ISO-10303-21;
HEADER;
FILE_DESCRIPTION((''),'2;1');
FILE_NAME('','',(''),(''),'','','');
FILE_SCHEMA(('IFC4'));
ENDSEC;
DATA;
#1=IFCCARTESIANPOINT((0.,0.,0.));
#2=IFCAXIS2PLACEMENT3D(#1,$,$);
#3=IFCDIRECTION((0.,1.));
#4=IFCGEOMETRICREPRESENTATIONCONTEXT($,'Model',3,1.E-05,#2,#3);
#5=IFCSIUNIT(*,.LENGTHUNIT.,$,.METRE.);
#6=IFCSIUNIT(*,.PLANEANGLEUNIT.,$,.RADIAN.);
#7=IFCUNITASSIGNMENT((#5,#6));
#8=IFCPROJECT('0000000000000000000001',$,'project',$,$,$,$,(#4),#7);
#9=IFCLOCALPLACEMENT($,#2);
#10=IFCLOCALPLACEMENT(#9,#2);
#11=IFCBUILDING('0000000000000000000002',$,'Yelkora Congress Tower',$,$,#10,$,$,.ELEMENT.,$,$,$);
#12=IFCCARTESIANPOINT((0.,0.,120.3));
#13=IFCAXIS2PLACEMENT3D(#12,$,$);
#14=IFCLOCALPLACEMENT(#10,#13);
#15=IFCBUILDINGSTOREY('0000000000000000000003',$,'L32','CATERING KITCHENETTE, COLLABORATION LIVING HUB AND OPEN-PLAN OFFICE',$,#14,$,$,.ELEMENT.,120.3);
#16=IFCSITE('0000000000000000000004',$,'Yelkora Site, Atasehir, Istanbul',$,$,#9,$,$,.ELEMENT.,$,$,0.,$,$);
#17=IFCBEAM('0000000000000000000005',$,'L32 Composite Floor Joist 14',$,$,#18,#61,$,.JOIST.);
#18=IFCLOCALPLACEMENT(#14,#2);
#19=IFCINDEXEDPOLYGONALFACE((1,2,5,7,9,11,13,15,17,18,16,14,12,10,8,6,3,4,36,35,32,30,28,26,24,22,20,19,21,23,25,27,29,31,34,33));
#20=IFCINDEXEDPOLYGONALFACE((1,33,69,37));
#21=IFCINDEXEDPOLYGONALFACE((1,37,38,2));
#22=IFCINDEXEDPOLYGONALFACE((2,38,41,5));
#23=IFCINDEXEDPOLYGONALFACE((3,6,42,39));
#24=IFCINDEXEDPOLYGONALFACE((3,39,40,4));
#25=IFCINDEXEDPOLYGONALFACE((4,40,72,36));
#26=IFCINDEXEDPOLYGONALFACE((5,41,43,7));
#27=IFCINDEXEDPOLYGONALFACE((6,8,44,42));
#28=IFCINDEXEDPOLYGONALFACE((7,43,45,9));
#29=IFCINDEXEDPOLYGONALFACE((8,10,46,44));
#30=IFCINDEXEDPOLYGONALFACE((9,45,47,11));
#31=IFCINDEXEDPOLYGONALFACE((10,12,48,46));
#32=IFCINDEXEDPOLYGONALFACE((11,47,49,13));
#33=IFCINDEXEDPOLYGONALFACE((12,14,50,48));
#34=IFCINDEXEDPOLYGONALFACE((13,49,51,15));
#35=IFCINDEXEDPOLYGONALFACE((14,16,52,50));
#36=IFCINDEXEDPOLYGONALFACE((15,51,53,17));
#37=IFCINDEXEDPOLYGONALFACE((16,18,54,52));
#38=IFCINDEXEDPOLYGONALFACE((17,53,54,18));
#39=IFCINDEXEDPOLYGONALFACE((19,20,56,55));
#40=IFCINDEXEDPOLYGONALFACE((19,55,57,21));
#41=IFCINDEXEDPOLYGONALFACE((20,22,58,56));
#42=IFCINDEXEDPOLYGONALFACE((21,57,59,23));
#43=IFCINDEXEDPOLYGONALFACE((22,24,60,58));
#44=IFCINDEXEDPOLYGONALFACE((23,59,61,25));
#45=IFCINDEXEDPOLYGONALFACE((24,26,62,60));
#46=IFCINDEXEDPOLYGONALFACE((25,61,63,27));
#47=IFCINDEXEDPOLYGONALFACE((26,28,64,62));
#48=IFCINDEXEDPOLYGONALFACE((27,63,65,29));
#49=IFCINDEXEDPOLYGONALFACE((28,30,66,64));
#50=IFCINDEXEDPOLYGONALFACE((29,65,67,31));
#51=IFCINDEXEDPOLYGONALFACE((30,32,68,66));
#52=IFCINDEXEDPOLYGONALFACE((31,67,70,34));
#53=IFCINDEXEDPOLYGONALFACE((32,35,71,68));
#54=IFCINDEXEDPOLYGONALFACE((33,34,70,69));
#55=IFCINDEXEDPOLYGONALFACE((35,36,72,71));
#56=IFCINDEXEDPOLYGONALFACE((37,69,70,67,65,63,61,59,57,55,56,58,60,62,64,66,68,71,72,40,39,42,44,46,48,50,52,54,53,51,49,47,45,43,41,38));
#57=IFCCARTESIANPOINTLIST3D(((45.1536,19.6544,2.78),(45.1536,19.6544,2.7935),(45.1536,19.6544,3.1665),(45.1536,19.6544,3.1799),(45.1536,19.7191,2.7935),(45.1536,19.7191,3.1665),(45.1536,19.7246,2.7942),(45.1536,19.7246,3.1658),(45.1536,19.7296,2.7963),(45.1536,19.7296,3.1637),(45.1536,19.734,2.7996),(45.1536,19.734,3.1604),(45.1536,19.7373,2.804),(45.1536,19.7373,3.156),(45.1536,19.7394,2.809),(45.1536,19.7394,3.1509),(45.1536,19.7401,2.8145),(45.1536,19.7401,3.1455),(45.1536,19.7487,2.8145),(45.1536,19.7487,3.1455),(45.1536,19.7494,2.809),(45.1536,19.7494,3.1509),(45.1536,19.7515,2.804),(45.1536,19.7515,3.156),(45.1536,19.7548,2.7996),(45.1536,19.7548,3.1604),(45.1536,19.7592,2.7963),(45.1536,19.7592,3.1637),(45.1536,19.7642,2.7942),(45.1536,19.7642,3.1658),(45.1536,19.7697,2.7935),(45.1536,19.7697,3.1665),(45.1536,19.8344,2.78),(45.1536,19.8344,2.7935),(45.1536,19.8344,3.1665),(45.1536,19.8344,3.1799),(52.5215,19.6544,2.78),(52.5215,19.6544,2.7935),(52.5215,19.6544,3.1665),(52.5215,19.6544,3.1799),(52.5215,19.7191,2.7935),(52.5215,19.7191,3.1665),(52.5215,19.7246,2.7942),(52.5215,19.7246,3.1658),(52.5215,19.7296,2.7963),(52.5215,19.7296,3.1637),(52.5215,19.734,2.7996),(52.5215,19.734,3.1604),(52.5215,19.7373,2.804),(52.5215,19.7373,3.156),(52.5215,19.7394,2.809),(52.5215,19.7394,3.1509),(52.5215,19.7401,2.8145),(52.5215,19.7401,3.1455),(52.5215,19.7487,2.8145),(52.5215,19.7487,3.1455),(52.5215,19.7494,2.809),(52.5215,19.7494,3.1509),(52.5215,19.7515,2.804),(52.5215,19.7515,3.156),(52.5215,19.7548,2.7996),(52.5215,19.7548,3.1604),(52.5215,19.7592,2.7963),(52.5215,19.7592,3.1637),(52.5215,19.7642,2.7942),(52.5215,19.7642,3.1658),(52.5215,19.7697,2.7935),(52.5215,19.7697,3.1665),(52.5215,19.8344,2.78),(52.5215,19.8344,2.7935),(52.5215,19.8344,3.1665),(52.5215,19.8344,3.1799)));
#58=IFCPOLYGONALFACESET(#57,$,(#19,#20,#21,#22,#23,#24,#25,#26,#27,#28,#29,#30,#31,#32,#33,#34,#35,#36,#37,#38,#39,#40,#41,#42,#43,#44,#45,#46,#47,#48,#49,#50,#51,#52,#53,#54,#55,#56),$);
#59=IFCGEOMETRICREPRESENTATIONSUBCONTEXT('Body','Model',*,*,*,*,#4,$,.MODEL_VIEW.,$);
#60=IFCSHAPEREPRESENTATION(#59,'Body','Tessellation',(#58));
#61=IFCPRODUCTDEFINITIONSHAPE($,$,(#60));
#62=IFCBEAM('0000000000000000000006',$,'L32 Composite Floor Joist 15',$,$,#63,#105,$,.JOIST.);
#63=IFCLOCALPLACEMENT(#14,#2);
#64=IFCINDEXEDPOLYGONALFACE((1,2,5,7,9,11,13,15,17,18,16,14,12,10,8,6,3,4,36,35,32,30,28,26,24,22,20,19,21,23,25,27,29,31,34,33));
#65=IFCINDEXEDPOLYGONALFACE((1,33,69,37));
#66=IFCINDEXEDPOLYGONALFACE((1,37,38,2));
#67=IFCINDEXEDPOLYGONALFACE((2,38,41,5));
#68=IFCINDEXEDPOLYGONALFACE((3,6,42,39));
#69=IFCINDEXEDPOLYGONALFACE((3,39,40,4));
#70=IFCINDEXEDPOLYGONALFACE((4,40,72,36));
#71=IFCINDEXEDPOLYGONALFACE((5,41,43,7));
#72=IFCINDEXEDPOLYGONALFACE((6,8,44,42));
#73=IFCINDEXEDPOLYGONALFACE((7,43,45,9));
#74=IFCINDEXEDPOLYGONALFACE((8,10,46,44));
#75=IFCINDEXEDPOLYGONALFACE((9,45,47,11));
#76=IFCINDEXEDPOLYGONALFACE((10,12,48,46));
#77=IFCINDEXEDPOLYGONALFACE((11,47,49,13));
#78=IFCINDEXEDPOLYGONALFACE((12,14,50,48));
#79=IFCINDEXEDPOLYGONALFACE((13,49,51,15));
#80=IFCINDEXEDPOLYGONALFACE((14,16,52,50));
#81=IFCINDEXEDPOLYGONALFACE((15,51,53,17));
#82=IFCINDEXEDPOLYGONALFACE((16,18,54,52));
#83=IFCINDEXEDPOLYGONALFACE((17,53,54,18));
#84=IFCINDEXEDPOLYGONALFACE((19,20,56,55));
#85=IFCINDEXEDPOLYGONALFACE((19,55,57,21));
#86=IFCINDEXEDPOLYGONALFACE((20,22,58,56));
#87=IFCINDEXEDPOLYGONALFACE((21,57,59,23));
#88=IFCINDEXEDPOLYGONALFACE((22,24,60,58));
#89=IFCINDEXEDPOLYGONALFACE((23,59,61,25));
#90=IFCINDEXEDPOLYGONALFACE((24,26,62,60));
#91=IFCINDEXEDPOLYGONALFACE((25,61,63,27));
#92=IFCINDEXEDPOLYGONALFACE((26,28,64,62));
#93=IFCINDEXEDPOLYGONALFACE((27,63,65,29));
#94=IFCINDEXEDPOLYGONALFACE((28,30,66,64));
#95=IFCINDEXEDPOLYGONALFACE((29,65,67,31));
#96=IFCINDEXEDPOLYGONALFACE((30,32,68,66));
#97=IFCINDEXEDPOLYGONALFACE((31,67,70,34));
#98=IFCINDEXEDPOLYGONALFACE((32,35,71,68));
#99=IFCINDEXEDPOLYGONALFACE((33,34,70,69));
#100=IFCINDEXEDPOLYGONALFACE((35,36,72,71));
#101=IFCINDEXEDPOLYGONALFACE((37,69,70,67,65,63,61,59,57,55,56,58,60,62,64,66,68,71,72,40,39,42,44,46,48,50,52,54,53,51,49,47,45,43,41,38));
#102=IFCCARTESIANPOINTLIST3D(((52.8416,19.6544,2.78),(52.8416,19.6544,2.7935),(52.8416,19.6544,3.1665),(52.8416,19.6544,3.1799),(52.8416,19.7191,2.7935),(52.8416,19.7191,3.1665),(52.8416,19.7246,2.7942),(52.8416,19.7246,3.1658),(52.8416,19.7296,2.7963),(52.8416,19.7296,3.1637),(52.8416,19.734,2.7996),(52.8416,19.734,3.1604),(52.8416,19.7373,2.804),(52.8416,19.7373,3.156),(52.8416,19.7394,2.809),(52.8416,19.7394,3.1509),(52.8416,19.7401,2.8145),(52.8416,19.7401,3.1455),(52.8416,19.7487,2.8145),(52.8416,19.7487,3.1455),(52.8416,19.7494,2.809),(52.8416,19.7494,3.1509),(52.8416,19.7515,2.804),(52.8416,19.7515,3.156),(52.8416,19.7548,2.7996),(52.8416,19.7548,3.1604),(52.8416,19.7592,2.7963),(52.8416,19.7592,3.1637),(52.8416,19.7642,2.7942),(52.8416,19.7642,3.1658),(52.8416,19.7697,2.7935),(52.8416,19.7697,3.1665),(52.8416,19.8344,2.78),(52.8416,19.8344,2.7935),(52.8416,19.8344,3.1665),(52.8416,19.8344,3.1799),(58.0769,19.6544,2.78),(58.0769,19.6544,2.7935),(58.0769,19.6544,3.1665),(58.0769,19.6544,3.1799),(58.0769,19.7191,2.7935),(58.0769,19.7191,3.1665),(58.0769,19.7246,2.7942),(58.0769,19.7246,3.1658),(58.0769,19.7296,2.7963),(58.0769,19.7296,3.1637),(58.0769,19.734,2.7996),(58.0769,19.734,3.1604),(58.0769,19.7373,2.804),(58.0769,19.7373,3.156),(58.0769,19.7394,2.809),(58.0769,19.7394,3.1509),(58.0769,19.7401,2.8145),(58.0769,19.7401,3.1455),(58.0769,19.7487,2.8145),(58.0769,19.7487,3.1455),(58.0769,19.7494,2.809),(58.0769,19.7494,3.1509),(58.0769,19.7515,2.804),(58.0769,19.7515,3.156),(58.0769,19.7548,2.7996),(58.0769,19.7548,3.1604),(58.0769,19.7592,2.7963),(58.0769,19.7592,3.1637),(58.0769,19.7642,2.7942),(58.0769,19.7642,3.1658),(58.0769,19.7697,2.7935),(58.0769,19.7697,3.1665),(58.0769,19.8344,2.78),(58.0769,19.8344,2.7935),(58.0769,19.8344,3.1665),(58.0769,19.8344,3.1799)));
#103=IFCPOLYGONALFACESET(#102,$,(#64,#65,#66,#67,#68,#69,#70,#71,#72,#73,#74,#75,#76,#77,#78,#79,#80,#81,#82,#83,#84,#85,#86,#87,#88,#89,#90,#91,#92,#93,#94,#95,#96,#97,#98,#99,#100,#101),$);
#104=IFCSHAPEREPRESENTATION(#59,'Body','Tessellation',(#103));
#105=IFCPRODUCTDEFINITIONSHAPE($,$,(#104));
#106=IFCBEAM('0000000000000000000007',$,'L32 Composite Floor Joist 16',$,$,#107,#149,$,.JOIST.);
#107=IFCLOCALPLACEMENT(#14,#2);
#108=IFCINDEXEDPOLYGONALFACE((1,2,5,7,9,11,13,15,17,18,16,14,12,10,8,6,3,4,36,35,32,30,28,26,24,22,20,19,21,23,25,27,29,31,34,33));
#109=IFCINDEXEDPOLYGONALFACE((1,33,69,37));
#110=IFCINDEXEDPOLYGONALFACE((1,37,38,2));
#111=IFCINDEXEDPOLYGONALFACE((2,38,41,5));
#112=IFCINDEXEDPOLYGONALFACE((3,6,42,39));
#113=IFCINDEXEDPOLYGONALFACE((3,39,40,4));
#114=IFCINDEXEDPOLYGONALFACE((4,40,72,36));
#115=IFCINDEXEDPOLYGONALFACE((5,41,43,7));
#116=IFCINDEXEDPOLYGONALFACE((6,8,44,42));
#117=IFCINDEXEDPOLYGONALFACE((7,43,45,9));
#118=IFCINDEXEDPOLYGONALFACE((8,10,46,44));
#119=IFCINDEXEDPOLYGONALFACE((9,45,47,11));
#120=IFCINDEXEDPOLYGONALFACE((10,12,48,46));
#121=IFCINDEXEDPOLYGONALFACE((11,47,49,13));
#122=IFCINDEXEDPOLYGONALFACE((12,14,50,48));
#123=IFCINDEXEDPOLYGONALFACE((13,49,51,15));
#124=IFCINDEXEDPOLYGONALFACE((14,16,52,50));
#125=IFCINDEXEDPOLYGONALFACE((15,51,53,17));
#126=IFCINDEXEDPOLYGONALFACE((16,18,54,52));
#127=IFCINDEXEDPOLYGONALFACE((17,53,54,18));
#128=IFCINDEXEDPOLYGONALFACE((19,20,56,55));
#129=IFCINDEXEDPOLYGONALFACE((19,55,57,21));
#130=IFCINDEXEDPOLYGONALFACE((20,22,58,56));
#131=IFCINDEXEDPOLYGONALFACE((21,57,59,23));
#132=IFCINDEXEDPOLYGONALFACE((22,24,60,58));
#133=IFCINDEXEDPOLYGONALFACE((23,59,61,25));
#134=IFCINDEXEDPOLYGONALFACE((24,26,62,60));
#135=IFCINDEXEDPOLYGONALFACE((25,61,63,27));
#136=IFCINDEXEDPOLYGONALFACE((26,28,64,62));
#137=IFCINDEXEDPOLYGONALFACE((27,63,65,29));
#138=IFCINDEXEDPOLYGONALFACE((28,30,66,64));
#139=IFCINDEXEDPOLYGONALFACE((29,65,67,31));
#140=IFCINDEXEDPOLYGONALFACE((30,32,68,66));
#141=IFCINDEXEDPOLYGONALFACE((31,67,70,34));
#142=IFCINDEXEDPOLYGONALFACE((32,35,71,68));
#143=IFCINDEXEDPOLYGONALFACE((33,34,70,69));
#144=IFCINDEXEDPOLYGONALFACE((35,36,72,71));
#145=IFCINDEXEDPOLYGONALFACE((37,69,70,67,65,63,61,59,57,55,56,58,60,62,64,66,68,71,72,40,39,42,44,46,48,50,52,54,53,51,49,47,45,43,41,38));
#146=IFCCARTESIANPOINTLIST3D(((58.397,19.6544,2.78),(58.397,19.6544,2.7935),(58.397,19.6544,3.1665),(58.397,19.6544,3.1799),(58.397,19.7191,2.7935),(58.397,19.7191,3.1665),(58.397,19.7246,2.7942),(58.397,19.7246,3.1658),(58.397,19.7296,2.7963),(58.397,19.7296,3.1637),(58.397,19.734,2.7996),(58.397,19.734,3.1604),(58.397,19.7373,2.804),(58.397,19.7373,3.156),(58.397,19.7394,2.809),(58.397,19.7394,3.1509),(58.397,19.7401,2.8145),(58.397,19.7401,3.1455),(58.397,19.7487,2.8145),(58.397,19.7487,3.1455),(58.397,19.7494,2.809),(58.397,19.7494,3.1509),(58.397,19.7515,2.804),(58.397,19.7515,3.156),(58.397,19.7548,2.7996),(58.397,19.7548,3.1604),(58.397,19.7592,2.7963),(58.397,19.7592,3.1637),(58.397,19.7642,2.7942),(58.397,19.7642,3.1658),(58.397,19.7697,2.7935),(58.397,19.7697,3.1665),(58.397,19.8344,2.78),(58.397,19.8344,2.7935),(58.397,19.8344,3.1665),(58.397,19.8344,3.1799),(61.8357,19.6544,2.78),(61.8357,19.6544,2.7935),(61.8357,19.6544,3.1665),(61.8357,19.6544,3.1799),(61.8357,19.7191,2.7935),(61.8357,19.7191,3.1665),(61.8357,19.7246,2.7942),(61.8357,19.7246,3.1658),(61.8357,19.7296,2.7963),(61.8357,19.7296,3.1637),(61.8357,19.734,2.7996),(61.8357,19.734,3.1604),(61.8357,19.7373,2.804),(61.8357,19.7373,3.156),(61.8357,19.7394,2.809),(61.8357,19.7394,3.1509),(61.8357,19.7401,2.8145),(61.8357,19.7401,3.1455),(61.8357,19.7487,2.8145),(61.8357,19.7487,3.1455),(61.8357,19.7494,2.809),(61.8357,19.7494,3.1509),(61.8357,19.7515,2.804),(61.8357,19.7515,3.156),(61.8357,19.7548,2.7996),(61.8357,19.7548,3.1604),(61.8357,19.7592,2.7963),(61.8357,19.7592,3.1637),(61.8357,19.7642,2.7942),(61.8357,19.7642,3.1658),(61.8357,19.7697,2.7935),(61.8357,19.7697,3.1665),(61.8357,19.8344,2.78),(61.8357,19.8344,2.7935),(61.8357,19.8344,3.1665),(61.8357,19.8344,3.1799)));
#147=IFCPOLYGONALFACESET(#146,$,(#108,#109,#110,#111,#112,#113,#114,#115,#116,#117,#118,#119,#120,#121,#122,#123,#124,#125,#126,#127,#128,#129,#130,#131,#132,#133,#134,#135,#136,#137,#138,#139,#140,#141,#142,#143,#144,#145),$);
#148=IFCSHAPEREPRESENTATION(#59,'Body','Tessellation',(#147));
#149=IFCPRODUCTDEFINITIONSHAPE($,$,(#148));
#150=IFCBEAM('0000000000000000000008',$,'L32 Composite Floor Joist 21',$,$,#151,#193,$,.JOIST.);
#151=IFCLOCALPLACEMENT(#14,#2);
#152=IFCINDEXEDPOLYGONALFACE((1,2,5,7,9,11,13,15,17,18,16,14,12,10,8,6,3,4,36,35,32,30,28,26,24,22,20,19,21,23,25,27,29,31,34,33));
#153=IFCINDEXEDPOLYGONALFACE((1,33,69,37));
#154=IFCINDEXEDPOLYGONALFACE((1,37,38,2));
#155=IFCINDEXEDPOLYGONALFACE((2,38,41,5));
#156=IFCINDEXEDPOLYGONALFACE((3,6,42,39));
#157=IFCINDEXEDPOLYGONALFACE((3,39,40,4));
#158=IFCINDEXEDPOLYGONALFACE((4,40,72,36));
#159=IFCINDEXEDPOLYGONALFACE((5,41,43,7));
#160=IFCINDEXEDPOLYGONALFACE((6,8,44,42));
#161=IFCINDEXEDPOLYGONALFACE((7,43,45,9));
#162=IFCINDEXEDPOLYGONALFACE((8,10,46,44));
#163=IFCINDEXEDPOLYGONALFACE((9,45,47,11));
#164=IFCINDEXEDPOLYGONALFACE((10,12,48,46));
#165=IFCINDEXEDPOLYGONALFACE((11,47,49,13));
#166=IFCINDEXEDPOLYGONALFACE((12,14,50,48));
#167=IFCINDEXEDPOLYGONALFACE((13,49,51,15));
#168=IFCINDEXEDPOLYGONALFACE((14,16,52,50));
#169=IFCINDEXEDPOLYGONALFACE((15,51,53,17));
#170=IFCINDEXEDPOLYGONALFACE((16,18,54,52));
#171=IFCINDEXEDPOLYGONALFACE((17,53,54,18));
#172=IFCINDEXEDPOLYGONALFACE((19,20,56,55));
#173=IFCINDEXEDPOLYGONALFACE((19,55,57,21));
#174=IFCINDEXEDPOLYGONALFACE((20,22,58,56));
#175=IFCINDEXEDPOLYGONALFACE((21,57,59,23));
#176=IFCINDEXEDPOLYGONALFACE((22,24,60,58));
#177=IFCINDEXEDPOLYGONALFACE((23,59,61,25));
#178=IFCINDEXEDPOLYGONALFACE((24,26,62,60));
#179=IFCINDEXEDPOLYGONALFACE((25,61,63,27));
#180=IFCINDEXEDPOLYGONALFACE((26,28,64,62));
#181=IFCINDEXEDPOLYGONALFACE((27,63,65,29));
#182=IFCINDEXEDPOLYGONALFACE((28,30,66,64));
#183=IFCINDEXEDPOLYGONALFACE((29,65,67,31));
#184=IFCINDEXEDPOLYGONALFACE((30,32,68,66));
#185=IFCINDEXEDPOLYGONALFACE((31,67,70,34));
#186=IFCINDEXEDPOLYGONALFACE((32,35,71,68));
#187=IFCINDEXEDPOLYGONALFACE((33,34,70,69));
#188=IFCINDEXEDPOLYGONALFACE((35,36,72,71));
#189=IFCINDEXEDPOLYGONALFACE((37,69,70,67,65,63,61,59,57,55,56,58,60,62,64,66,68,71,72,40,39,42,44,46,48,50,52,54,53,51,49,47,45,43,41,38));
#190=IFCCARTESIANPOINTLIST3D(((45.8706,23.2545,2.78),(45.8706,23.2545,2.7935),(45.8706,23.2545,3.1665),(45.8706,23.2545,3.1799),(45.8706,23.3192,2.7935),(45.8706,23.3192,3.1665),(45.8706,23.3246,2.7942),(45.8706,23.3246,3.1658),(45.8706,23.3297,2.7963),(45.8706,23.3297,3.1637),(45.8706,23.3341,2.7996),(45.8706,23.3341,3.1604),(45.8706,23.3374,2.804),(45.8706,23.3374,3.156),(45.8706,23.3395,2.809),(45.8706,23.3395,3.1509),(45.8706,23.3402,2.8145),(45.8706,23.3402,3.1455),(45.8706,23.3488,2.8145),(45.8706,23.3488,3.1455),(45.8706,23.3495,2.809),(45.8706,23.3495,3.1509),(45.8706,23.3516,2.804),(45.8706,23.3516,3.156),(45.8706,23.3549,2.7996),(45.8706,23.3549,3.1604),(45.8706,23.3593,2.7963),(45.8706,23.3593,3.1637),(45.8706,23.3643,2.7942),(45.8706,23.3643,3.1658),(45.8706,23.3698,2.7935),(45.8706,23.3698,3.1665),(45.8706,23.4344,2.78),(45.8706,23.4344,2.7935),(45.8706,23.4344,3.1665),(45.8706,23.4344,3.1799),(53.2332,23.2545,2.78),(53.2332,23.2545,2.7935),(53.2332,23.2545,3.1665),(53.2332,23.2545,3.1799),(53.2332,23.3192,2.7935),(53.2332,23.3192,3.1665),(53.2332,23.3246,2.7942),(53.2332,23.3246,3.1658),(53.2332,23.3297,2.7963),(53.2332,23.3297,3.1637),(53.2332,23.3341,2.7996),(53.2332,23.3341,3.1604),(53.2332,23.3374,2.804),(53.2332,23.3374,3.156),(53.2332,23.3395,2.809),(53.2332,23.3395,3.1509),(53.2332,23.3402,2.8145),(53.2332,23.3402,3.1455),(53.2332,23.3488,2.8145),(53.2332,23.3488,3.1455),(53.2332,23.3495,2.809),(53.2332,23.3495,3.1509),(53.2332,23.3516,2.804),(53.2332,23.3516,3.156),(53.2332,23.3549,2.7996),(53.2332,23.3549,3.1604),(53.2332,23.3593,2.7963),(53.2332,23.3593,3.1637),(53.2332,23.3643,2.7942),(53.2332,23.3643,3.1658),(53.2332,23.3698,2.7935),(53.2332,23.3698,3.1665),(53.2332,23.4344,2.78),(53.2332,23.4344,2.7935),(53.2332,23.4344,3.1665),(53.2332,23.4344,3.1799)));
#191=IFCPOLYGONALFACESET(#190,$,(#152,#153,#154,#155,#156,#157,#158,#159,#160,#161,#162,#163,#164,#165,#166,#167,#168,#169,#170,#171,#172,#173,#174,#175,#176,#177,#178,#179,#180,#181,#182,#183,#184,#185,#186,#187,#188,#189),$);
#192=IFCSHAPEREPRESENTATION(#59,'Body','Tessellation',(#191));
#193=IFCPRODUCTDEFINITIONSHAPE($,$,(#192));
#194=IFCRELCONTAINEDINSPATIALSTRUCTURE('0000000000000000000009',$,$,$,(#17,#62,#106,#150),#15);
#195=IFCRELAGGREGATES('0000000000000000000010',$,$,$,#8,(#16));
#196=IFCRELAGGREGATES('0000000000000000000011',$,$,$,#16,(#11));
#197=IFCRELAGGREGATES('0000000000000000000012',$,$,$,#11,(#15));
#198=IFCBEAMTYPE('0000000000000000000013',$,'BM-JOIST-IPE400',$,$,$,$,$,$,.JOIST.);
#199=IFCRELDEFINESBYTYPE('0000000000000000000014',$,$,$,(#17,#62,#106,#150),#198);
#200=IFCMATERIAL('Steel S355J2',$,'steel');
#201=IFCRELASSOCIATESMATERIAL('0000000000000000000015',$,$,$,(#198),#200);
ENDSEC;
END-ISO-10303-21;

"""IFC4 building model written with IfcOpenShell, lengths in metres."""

from ifc_helpers import new_model, si_unit, direction, frame, origin, origin_2d, place, context, subcontext, project, spatial, i_section, extrude, material, material_profile, profile_set, type_object, element, save


model = new_model("IFC4")

# Units and contexts
model_context = context("Model", 3, precision=1e-05, world=origin(), true_north=direction((0.0, 1.0)))
body_context = subcontext(model_context, "Body", "Model", "MODEL_VIEW")
ifc_project = project(units=[si_unit("LENGTHUNIT", "METRE"), si_unit("PLANEANGLEUNIT", "RADIAN")], contexts=[model_context])

# Site, building, storey
site_placement = place(None, origin())
site = spatial("IfcSite", under=ifc_project, at=site_placement, Name="Yelkora Site, Atasehir, Istanbul", CompositionType="ELEMENT", RefElevation=0.0)
building_placement = place(site_placement, origin())
building = spatial("IfcBuilding", under=site, at=building_placement, Name="Yelkora Congress Tower", CompositionType="ELEMENT")
storey_placement = place(building_placement, frame((0.0, 0.0, 120.3)))
storey = spatial("IfcBuildingStorey", under=building, at=storey_placement, Name="L32", Description="CATERING KITCHENETTE, COLLABORATION LIVING HUB AND OPEN-PLAN OFFICE", CompositionType="ELEMENT", Elevation=120.3)

# Beams
ifc_material_1 = material(Name="Steel S355J2", Category="steel")
ifc_material_profile_1 = material_profile(ifc_material_1, i_section(OverallWidth=0.1799, OverallDepth=0.3999, WebThickness=0.0085, FlangeThickness=0.0134, FilletRadius=0.021, at=origin_2d()), Name="IPE 400")
ifc_profile_set_1 = profile_set([ifc_material_profile_1], Name="Steel S355J2")
beam_type_1 = type_object("IfcBeamType", Name="BM-JOIST-IPE400", PredefinedType="JOIST", material=ifc_profile_set_1)
beam_1_placement = place(storey_placement, frame((45.1536, 19.7444, 2.98), z_axis=(1.0, 0.0, 0.0), x_axis=(0.0, 1.0, 0.0)))
element("IfcBeam", 1, at=beam_1_placement, inside=storey, type_object=beam_type_1, Name="L32 Composite Floor Joist 14", PredefinedType="JOIST", context=body_context, shape_type="SweptSolid", body=[
    extrude(i_section(OverallWidth=0.1799, OverallDepth=0.3999, WebThickness=0.0085, FlangeThickness=0.0134, FilletRadius=0.021, at=origin_2d()), origin(), (0.0, 0.0, 1.0), 7.3679),
])
beam_2_placement = place(storey_placement, frame((52.8416, 19.7444, 2.98), z_axis=(1.0, 0.0, 0.0), x_axis=(0.0, 1.0, 0.0)))
element("IfcBeam", 2, at=beam_2_placement, inside=storey, type_object=beam_type_1, Name="L32 Composite Floor Joist 15", PredefinedType="JOIST", context=body_context, shape_type="SweptSolid", body=[
    extrude(i_section(OverallWidth=0.1799, OverallDepth=0.3999, WebThickness=0.0085, FlangeThickness=0.0134, FilletRadius=0.021, at=origin_2d()), origin(), (0.0, 0.0, 1.0), 5.2354),
])
beam_3_placement = place(storey_placement, frame((58.397, 19.7444, 2.98), z_axis=(1.0, 0.0, 0.0), x_axis=(0.0, 1.0, 0.0)))
element("IfcBeam", 3, at=beam_3_placement, inside=storey, type_object=beam_type_1, Name="L32 Composite Floor Joist 16", PredefinedType="JOIST", context=body_context, shape_type="SweptSolid", body=[
    extrude(i_section(OverallWidth=0.1799, OverallDepth=0.3999, WebThickness=0.0085, FlangeThickness=0.0134, FilletRadius=0.021, at=origin_2d()), origin(), (0.0, 0.0, 1.0), 3.4387),
])
beam_4_placement = place(storey_placement, frame((45.8706, 23.3445, 2.98), z_axis=(1.0, 0.0, 0.0), x_axis=(0.0, 1.0, 0.0)))
element("IfcBeam", 4, at=beam_4_placement, inside=storey, type_object=beam_type_1, Name="L32 Composite Floor Joist 21", PredefinedType="JOIST", context=body_context, shape_type="SweptSolid", body=[
    extrude(i_section(OverallWidth=0.1799, OverallDepth=0.3999, WebThickness=0.0085, FlangeThickness=0.0134, FilletRadius=0.021, at=origin_2d()), origin(), (0.0, 0.0, 1.0), 7.3625),
])

save(model, "model.ifc")
